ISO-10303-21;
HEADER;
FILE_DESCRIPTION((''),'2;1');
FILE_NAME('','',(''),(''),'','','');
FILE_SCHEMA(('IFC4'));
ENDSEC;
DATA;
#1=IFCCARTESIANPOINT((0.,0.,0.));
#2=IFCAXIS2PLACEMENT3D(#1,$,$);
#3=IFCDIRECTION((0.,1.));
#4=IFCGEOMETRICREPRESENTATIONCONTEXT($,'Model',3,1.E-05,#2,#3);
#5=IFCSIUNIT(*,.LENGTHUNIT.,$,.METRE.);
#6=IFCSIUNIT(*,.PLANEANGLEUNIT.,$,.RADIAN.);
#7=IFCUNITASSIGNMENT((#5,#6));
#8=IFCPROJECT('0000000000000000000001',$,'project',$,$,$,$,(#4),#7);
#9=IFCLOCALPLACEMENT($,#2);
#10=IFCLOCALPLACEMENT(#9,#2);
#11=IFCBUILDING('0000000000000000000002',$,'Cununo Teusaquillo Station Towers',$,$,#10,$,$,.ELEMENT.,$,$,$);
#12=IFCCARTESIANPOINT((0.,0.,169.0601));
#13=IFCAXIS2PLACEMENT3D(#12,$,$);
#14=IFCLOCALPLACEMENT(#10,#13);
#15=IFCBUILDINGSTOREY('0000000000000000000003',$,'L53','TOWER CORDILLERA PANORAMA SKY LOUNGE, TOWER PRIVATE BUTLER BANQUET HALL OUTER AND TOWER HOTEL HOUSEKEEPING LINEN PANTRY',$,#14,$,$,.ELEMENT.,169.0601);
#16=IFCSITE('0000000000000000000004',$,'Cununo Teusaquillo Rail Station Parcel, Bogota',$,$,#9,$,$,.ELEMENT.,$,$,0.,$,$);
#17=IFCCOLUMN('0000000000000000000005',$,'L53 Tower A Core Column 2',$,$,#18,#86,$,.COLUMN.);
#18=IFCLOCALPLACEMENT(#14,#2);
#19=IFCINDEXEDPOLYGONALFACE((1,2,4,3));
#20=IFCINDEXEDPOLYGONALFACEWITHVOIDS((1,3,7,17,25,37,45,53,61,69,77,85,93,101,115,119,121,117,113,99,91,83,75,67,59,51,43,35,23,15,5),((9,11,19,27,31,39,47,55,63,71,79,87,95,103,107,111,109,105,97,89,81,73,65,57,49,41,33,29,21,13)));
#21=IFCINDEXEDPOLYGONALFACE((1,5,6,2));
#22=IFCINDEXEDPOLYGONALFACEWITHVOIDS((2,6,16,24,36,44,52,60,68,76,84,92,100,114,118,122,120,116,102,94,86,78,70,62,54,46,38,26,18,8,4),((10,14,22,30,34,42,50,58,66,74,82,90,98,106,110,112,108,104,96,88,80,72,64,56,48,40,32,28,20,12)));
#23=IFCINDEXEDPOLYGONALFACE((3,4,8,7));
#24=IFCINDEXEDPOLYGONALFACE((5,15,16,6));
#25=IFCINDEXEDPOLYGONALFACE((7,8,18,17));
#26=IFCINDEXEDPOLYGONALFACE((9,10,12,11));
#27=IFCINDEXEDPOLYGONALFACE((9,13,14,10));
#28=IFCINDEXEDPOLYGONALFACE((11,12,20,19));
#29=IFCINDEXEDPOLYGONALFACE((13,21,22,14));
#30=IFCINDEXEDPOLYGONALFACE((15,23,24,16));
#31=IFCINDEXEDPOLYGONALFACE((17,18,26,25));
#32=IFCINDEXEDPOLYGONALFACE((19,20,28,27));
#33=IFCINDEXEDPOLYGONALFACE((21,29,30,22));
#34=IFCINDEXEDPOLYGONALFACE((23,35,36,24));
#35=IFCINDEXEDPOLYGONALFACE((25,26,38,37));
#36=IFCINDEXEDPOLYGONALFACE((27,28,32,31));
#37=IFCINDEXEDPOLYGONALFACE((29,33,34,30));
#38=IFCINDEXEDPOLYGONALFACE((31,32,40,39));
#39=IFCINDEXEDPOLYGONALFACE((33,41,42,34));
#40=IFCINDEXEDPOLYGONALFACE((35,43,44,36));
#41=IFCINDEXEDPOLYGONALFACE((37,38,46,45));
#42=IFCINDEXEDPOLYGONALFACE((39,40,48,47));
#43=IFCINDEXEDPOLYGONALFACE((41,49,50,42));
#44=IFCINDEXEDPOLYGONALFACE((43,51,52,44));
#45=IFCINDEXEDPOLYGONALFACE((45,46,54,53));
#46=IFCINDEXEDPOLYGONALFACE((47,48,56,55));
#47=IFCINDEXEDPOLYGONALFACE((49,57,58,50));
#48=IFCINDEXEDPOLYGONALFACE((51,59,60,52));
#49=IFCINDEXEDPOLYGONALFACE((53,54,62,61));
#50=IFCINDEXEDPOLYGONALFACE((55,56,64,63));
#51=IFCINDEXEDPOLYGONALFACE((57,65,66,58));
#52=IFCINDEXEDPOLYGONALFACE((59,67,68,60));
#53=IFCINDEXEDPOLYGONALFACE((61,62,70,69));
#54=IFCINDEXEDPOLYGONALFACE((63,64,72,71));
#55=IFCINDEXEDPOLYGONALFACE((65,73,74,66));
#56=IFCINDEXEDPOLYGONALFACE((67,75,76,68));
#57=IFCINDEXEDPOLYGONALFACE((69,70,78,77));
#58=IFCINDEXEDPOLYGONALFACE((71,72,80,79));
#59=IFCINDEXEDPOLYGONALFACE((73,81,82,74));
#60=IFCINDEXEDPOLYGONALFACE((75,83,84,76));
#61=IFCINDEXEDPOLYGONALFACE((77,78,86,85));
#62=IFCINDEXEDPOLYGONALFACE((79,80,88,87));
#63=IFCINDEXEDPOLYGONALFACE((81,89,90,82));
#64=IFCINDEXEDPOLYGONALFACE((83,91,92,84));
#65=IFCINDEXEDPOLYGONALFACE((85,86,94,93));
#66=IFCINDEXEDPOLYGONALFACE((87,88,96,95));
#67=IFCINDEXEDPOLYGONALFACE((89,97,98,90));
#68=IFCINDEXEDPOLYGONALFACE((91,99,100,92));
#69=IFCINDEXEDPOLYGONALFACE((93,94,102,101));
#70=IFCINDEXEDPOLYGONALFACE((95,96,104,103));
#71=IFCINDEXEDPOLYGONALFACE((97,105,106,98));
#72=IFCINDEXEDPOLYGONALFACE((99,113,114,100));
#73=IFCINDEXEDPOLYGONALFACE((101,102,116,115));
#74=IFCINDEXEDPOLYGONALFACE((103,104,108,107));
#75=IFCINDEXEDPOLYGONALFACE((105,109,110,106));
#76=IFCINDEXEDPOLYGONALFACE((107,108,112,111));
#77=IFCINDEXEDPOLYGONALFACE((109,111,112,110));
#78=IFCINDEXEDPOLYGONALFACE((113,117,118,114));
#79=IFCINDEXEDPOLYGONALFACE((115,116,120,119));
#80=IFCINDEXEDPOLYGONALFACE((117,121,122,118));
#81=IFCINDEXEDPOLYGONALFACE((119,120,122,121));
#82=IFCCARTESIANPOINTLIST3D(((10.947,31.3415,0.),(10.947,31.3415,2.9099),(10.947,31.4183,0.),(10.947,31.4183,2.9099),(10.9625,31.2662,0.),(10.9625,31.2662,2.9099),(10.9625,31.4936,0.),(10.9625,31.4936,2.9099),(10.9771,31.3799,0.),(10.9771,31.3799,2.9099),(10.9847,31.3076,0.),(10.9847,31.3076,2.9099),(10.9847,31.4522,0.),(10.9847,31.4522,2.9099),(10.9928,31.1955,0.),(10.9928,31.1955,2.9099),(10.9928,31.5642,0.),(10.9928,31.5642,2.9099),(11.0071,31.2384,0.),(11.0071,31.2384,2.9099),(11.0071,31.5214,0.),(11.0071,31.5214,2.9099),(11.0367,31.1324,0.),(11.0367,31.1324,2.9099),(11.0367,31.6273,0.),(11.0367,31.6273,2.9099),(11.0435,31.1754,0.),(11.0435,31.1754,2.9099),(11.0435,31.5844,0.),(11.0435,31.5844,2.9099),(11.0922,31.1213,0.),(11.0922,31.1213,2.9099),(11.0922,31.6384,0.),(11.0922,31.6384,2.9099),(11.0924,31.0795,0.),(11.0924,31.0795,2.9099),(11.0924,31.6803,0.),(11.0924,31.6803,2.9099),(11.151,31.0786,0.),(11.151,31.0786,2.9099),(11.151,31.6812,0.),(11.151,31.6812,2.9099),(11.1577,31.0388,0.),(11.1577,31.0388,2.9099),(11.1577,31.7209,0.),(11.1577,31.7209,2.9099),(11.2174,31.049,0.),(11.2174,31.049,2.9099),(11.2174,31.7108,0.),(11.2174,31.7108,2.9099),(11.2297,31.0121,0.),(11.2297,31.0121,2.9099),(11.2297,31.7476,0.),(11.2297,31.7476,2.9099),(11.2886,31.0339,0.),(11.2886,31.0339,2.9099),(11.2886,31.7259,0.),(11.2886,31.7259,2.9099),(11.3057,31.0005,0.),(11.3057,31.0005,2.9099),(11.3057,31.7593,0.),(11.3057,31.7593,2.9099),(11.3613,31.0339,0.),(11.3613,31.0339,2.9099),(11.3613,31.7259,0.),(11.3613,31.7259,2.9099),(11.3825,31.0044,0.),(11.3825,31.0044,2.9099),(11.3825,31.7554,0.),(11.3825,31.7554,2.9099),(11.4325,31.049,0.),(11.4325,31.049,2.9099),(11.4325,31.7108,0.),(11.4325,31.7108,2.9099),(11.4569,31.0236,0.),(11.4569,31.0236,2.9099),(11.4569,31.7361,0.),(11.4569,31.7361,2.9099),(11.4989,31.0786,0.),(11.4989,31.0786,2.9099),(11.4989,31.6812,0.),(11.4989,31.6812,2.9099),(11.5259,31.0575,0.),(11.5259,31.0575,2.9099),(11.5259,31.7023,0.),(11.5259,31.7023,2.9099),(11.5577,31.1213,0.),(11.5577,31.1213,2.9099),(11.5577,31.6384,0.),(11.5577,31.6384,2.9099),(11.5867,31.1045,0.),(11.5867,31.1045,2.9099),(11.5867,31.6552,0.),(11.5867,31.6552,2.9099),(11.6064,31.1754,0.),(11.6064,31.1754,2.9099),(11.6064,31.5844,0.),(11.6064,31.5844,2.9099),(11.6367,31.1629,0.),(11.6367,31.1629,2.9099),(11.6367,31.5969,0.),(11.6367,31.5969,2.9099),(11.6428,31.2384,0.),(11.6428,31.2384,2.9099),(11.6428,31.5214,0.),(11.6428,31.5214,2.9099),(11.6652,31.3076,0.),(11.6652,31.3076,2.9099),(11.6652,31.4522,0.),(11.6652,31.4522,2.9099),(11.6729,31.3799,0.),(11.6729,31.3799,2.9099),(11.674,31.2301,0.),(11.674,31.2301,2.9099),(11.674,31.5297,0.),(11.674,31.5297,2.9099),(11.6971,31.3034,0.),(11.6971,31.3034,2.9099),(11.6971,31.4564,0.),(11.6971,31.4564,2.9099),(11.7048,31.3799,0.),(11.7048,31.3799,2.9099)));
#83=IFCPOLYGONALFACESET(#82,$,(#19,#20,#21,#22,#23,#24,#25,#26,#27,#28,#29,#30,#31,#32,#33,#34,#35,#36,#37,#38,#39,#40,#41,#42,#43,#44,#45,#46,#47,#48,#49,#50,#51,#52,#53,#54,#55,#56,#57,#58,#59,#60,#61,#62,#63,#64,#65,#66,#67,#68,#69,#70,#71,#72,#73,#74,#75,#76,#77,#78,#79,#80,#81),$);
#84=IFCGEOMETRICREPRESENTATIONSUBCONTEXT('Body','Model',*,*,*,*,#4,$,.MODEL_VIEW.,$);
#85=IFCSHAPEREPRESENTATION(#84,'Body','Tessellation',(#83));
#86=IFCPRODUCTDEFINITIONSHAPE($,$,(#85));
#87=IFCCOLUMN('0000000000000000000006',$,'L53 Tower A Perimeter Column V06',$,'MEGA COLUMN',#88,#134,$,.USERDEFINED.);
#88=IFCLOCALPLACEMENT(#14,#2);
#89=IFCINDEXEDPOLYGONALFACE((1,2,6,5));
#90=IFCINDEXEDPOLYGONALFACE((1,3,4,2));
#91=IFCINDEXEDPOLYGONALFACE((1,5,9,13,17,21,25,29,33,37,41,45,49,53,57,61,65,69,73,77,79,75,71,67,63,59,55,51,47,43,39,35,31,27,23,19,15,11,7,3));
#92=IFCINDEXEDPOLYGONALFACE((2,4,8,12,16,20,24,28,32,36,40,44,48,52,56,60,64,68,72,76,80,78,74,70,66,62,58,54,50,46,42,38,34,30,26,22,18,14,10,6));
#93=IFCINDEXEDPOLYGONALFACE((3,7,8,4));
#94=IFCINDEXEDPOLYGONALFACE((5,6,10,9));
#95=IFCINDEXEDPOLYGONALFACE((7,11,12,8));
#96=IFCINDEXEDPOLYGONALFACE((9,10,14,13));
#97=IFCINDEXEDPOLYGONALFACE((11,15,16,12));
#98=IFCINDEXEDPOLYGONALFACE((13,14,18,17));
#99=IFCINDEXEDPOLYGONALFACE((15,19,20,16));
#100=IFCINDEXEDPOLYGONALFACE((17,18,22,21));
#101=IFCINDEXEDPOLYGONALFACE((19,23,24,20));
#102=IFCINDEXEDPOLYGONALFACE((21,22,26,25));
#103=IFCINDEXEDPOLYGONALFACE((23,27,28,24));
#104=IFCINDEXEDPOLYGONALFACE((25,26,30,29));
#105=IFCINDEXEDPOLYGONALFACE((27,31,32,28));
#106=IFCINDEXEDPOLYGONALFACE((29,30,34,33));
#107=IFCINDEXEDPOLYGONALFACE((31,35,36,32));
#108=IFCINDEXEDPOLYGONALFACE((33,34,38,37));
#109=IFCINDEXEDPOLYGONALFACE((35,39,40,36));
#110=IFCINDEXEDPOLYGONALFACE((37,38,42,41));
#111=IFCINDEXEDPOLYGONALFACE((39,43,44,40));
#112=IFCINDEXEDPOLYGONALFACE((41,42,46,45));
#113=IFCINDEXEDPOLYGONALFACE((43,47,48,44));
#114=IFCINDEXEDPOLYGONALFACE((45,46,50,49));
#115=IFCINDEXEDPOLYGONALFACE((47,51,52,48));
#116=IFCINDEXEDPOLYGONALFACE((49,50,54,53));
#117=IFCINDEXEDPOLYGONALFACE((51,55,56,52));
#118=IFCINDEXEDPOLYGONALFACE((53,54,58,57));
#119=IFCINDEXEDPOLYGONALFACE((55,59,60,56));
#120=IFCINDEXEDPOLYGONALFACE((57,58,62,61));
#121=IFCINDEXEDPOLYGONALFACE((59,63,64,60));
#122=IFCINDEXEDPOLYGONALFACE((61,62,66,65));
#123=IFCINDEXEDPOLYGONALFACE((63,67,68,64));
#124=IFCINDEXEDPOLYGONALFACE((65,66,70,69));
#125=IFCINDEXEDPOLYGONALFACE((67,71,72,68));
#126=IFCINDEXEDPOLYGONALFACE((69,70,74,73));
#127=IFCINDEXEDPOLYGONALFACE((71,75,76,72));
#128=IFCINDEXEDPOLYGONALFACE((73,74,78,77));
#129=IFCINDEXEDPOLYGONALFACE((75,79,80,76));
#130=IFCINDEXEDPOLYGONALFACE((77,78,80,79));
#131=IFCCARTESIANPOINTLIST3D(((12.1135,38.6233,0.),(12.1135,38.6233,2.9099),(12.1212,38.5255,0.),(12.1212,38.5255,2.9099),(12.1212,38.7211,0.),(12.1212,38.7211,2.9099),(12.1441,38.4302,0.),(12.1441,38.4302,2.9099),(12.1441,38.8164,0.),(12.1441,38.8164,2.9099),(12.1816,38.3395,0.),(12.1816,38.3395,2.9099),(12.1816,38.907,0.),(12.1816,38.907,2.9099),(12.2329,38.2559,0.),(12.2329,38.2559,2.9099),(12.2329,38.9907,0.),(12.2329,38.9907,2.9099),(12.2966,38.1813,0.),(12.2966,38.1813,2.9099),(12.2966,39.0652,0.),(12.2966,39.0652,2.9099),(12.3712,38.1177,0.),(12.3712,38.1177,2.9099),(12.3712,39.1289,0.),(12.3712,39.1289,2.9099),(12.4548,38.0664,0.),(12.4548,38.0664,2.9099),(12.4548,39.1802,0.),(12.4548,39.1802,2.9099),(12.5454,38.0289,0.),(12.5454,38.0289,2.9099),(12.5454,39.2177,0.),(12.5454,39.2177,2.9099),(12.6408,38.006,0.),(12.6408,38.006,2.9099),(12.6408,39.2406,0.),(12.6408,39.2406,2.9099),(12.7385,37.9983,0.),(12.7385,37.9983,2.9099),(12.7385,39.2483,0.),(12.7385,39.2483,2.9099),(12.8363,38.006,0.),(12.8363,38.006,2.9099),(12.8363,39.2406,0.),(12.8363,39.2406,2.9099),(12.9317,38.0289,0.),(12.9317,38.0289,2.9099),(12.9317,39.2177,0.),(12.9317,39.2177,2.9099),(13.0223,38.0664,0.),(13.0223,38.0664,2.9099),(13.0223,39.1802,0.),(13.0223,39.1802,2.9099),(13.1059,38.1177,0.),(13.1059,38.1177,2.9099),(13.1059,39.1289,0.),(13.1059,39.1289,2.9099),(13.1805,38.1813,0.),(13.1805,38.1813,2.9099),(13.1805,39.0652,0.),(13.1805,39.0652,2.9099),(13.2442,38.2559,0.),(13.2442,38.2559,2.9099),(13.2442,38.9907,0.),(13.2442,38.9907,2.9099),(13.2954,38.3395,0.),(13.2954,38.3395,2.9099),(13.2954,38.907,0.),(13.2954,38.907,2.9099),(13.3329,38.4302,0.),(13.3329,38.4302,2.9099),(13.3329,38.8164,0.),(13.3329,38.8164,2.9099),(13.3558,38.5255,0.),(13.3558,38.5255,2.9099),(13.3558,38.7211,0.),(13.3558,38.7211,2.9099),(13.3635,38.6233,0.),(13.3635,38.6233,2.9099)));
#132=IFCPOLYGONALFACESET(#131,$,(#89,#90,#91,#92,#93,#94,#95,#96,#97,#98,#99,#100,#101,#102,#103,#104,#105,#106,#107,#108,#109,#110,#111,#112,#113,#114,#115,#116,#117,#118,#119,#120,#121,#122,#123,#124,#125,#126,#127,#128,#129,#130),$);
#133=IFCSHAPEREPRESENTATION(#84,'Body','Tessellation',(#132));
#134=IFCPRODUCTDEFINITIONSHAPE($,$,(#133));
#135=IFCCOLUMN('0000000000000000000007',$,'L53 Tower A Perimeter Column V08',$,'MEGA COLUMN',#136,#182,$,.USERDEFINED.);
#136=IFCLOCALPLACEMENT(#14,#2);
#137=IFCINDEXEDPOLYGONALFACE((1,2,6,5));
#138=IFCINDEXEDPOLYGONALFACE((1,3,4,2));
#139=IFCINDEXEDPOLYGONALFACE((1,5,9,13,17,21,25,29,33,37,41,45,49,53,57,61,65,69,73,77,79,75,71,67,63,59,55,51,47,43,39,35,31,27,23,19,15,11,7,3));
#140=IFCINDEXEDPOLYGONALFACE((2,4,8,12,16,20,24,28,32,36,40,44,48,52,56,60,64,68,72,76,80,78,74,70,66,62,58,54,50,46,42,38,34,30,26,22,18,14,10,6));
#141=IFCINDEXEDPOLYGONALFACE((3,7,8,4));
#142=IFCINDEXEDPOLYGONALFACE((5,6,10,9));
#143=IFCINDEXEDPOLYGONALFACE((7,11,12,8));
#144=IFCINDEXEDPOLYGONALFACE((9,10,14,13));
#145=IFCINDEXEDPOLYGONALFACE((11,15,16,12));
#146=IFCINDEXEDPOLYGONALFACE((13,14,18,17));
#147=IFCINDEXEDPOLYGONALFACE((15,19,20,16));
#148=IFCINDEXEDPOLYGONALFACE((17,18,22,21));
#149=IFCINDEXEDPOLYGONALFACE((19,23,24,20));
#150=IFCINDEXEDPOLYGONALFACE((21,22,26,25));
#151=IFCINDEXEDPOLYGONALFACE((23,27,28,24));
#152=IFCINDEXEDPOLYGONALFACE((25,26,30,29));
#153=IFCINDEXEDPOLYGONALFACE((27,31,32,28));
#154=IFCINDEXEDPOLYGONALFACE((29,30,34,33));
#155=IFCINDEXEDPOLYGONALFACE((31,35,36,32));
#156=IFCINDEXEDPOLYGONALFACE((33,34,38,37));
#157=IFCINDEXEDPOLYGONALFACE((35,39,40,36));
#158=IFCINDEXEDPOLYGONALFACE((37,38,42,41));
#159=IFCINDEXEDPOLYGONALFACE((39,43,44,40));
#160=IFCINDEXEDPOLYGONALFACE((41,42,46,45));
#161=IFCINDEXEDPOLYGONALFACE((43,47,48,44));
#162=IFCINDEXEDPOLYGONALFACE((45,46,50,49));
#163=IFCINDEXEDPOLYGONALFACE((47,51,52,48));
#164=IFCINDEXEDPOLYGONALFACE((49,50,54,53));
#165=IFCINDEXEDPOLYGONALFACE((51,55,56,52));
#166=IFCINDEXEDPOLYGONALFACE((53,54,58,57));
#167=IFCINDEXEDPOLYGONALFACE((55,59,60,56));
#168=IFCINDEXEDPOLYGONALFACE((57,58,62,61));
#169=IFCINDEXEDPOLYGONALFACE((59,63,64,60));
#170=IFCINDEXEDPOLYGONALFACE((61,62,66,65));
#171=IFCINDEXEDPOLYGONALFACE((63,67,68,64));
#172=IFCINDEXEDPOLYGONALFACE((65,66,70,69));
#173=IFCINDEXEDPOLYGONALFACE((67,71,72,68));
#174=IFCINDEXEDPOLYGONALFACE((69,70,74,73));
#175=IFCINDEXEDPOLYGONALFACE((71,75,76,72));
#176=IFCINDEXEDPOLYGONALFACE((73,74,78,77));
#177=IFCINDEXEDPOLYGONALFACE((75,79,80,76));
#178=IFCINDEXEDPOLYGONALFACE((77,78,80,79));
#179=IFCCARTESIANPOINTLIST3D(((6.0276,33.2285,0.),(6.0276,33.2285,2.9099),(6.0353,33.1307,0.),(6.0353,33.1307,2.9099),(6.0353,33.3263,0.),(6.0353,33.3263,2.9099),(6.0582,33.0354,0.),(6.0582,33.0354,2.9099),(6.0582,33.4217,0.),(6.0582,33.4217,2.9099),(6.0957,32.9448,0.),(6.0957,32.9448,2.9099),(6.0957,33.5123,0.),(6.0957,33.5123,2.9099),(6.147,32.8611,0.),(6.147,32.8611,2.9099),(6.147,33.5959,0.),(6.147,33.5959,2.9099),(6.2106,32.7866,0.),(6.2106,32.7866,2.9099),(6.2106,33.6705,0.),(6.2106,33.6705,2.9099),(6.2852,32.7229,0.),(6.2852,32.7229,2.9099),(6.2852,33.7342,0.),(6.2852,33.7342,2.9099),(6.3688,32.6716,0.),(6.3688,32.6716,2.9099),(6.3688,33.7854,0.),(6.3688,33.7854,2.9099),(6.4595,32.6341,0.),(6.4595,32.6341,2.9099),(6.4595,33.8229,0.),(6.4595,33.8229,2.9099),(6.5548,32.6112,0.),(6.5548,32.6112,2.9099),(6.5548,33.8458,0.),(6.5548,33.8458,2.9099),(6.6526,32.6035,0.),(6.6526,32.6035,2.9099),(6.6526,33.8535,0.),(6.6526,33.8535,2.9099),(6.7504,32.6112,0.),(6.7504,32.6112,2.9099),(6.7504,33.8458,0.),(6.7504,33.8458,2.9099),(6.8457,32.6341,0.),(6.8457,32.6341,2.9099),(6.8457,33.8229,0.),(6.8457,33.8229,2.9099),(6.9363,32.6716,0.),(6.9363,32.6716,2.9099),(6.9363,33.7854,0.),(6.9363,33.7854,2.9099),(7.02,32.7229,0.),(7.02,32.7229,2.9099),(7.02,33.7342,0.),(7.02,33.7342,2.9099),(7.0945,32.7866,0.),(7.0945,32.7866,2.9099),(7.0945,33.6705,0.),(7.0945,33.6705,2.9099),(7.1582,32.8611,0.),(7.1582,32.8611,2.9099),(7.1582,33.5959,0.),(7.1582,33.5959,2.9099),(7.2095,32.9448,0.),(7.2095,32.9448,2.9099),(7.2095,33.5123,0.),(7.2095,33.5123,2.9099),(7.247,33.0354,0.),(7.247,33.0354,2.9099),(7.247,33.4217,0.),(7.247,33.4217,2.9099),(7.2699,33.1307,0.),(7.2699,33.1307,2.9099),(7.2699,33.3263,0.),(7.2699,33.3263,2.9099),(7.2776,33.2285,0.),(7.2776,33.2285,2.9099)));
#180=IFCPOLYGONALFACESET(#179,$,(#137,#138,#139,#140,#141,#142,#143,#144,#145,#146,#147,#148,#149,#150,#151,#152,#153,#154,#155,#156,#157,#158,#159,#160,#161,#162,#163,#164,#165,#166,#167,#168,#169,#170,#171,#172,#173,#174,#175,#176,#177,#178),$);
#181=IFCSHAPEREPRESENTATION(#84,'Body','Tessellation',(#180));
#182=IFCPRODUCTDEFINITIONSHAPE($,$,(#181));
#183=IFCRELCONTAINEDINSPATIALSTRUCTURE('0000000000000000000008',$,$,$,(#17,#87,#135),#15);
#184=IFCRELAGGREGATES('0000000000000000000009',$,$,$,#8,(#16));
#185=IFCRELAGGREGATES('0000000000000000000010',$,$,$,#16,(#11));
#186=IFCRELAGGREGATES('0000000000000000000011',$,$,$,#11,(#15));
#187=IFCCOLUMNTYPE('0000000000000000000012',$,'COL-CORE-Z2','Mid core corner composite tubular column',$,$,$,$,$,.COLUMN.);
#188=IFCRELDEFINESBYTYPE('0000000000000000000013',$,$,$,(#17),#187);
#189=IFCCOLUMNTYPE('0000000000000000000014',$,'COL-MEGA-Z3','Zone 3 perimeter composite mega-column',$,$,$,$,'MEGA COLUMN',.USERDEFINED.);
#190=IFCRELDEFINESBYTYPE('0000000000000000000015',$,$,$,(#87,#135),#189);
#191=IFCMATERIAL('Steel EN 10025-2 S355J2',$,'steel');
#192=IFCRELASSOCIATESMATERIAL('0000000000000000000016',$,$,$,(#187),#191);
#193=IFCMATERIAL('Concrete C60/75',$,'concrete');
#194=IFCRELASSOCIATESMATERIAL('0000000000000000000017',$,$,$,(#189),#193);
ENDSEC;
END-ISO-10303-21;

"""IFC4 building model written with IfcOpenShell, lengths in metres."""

from ifc_helpers import new_model, si_unit, direction, frame, origin, origin_2d, place, context, subcontext, project, spatial, circle, hollow_circle, extrude, material, material_profile, profile_set, type_object, element, save


model = new_model("IFC4")

# Units and contexts
model_context = context("Model", 3, precision=1e-05, world=origin(), true_north=direction((0.0, 1.0)))
body_context = subcontext(model_context, "Body", "Model", "MODEL_VIEW")
ifc_project = project(units=[si_unit("LENGTHUNIT", "METRE"), si_unit("PLANEANGLEUNIT", "RADIAN")], contexts=[model_context])

# Site, building, storey
site_placement = place(None, origin())
site = spatial("IfcSite", under=ifc_project, at=site_placement, Name="Cununo Teusaquillo Rail Station Parcel, Bogota", CompositionType="ELEMENT", RefElevation=0.0)
building_placement = place(site_placement, origin())
building = spatial("IfcBuilding", under=site, at=building_placement, Name="Cununo Teusaquillo Station Towers", CompositionType="ELEMENT")
storey_placement = place(building_placement, frame((0.0, 0.0, 169.0601)))
storey = spatial("IfcBuildingStorey", under=building, at=storey_placement, Name="L53", Description="TOWER CORDILLERA PANORAMA SKY LOUNGE, TOWER PRIVATE BUTLER BANQUET HALL OUTER AND TOWER HOTEL HOUSEKEEPING LINEN PANTRY", CompositionType="ELEMENT", Elevation=169.0601)

# Columns
ifc_material_1 = material(Name="Steel EN 10025-2 S355J2", Category="steel")
ifc_material_profile_1 = material_profile(ifc_material_1, hollow_circle(Radius=0.3799, WallThickness=0.032, at=origin_2d()), Name="CHS 760x32")
ifc_profile_set_1 = profile_set([ifc_material_profile_1], Name="Steel EN 10025-2 S355J2")
column_type_1 = type_object("IfcColumnType", Name="COL-CORE-Z2", Description="Mid core corner composite tubular column", PredefinedType="COLUMN", material=ifc_profile_set_1)
column_placement = place(storey_placement, frame((11.325, 31.3799, 0.0), z_axis=(0.0, 0.0, 1.0), x_axis=(1.0, 0.0, 0.0)))
element("IfcColumn", 1, at=column_placement, inside=storey, type_object=column_type_1, Name="L53 Tower A Core Column 2", PredefinedType="COLUMN", context=body_context, shape_type="SweptSolid", body=[
    extrude(hollow_circle(Radius=0.3799, WallThickness=0.032, at=origin_2d()), origin(), (0.0, 0.0, 1.0), 2.9099),
])
ifc_material_2 = material(Name="Concrete C60/75", Category="concrete")
ifc_material_profile_2 = material_profile(ifc_material_2, circle(Radius=0.625, at=origin_2d()), Name="RC-CIRC-1250")
ifc_profile_set_2 = profile_set([ifc_material_profile_2], Name="Concrete C60/75")
column_type_2 = type_object("IfcColumnType", Name="COL-MEGA-Z3", Description="Zone 3 perimeter composite mega-column", ElementType="MEGA COLUMN", PredefinedType="USERDEFINED", material=ifc_profile_set_2)
for number, where, z_axis, x_axis, name in (
    (2, (12.7385, 38.6233, 0.0), (0.0, 0.0, 1.0), (1.0, 0.0, 0.0), "L53 Tower A Perimeter Column V06"),
    (3, (6.6526, 33.2285, 0.0), (0.0, 0.0, 1.0), (1.0, 0.0, 0.0), "L53 Tower A Perimeter Column V08"),
):
    element("IfcColumn", number, at=place(storey_placement, frame(where, z_axis=z_axis, x_axis=x_axis)), inside=storey, type_object=column_type_2, Name=name, ObjectType="MEGA COLUMN", PredefinedType="USERDEFINED", context=body_context, shape_type="SweptSolid", body=[
        extrude(circle(Radius=0.625, at=origin_2d()), origin(), (0.0, 0.0, 1.0), 2.9099),
    ])

save(model, "model.ifc")
